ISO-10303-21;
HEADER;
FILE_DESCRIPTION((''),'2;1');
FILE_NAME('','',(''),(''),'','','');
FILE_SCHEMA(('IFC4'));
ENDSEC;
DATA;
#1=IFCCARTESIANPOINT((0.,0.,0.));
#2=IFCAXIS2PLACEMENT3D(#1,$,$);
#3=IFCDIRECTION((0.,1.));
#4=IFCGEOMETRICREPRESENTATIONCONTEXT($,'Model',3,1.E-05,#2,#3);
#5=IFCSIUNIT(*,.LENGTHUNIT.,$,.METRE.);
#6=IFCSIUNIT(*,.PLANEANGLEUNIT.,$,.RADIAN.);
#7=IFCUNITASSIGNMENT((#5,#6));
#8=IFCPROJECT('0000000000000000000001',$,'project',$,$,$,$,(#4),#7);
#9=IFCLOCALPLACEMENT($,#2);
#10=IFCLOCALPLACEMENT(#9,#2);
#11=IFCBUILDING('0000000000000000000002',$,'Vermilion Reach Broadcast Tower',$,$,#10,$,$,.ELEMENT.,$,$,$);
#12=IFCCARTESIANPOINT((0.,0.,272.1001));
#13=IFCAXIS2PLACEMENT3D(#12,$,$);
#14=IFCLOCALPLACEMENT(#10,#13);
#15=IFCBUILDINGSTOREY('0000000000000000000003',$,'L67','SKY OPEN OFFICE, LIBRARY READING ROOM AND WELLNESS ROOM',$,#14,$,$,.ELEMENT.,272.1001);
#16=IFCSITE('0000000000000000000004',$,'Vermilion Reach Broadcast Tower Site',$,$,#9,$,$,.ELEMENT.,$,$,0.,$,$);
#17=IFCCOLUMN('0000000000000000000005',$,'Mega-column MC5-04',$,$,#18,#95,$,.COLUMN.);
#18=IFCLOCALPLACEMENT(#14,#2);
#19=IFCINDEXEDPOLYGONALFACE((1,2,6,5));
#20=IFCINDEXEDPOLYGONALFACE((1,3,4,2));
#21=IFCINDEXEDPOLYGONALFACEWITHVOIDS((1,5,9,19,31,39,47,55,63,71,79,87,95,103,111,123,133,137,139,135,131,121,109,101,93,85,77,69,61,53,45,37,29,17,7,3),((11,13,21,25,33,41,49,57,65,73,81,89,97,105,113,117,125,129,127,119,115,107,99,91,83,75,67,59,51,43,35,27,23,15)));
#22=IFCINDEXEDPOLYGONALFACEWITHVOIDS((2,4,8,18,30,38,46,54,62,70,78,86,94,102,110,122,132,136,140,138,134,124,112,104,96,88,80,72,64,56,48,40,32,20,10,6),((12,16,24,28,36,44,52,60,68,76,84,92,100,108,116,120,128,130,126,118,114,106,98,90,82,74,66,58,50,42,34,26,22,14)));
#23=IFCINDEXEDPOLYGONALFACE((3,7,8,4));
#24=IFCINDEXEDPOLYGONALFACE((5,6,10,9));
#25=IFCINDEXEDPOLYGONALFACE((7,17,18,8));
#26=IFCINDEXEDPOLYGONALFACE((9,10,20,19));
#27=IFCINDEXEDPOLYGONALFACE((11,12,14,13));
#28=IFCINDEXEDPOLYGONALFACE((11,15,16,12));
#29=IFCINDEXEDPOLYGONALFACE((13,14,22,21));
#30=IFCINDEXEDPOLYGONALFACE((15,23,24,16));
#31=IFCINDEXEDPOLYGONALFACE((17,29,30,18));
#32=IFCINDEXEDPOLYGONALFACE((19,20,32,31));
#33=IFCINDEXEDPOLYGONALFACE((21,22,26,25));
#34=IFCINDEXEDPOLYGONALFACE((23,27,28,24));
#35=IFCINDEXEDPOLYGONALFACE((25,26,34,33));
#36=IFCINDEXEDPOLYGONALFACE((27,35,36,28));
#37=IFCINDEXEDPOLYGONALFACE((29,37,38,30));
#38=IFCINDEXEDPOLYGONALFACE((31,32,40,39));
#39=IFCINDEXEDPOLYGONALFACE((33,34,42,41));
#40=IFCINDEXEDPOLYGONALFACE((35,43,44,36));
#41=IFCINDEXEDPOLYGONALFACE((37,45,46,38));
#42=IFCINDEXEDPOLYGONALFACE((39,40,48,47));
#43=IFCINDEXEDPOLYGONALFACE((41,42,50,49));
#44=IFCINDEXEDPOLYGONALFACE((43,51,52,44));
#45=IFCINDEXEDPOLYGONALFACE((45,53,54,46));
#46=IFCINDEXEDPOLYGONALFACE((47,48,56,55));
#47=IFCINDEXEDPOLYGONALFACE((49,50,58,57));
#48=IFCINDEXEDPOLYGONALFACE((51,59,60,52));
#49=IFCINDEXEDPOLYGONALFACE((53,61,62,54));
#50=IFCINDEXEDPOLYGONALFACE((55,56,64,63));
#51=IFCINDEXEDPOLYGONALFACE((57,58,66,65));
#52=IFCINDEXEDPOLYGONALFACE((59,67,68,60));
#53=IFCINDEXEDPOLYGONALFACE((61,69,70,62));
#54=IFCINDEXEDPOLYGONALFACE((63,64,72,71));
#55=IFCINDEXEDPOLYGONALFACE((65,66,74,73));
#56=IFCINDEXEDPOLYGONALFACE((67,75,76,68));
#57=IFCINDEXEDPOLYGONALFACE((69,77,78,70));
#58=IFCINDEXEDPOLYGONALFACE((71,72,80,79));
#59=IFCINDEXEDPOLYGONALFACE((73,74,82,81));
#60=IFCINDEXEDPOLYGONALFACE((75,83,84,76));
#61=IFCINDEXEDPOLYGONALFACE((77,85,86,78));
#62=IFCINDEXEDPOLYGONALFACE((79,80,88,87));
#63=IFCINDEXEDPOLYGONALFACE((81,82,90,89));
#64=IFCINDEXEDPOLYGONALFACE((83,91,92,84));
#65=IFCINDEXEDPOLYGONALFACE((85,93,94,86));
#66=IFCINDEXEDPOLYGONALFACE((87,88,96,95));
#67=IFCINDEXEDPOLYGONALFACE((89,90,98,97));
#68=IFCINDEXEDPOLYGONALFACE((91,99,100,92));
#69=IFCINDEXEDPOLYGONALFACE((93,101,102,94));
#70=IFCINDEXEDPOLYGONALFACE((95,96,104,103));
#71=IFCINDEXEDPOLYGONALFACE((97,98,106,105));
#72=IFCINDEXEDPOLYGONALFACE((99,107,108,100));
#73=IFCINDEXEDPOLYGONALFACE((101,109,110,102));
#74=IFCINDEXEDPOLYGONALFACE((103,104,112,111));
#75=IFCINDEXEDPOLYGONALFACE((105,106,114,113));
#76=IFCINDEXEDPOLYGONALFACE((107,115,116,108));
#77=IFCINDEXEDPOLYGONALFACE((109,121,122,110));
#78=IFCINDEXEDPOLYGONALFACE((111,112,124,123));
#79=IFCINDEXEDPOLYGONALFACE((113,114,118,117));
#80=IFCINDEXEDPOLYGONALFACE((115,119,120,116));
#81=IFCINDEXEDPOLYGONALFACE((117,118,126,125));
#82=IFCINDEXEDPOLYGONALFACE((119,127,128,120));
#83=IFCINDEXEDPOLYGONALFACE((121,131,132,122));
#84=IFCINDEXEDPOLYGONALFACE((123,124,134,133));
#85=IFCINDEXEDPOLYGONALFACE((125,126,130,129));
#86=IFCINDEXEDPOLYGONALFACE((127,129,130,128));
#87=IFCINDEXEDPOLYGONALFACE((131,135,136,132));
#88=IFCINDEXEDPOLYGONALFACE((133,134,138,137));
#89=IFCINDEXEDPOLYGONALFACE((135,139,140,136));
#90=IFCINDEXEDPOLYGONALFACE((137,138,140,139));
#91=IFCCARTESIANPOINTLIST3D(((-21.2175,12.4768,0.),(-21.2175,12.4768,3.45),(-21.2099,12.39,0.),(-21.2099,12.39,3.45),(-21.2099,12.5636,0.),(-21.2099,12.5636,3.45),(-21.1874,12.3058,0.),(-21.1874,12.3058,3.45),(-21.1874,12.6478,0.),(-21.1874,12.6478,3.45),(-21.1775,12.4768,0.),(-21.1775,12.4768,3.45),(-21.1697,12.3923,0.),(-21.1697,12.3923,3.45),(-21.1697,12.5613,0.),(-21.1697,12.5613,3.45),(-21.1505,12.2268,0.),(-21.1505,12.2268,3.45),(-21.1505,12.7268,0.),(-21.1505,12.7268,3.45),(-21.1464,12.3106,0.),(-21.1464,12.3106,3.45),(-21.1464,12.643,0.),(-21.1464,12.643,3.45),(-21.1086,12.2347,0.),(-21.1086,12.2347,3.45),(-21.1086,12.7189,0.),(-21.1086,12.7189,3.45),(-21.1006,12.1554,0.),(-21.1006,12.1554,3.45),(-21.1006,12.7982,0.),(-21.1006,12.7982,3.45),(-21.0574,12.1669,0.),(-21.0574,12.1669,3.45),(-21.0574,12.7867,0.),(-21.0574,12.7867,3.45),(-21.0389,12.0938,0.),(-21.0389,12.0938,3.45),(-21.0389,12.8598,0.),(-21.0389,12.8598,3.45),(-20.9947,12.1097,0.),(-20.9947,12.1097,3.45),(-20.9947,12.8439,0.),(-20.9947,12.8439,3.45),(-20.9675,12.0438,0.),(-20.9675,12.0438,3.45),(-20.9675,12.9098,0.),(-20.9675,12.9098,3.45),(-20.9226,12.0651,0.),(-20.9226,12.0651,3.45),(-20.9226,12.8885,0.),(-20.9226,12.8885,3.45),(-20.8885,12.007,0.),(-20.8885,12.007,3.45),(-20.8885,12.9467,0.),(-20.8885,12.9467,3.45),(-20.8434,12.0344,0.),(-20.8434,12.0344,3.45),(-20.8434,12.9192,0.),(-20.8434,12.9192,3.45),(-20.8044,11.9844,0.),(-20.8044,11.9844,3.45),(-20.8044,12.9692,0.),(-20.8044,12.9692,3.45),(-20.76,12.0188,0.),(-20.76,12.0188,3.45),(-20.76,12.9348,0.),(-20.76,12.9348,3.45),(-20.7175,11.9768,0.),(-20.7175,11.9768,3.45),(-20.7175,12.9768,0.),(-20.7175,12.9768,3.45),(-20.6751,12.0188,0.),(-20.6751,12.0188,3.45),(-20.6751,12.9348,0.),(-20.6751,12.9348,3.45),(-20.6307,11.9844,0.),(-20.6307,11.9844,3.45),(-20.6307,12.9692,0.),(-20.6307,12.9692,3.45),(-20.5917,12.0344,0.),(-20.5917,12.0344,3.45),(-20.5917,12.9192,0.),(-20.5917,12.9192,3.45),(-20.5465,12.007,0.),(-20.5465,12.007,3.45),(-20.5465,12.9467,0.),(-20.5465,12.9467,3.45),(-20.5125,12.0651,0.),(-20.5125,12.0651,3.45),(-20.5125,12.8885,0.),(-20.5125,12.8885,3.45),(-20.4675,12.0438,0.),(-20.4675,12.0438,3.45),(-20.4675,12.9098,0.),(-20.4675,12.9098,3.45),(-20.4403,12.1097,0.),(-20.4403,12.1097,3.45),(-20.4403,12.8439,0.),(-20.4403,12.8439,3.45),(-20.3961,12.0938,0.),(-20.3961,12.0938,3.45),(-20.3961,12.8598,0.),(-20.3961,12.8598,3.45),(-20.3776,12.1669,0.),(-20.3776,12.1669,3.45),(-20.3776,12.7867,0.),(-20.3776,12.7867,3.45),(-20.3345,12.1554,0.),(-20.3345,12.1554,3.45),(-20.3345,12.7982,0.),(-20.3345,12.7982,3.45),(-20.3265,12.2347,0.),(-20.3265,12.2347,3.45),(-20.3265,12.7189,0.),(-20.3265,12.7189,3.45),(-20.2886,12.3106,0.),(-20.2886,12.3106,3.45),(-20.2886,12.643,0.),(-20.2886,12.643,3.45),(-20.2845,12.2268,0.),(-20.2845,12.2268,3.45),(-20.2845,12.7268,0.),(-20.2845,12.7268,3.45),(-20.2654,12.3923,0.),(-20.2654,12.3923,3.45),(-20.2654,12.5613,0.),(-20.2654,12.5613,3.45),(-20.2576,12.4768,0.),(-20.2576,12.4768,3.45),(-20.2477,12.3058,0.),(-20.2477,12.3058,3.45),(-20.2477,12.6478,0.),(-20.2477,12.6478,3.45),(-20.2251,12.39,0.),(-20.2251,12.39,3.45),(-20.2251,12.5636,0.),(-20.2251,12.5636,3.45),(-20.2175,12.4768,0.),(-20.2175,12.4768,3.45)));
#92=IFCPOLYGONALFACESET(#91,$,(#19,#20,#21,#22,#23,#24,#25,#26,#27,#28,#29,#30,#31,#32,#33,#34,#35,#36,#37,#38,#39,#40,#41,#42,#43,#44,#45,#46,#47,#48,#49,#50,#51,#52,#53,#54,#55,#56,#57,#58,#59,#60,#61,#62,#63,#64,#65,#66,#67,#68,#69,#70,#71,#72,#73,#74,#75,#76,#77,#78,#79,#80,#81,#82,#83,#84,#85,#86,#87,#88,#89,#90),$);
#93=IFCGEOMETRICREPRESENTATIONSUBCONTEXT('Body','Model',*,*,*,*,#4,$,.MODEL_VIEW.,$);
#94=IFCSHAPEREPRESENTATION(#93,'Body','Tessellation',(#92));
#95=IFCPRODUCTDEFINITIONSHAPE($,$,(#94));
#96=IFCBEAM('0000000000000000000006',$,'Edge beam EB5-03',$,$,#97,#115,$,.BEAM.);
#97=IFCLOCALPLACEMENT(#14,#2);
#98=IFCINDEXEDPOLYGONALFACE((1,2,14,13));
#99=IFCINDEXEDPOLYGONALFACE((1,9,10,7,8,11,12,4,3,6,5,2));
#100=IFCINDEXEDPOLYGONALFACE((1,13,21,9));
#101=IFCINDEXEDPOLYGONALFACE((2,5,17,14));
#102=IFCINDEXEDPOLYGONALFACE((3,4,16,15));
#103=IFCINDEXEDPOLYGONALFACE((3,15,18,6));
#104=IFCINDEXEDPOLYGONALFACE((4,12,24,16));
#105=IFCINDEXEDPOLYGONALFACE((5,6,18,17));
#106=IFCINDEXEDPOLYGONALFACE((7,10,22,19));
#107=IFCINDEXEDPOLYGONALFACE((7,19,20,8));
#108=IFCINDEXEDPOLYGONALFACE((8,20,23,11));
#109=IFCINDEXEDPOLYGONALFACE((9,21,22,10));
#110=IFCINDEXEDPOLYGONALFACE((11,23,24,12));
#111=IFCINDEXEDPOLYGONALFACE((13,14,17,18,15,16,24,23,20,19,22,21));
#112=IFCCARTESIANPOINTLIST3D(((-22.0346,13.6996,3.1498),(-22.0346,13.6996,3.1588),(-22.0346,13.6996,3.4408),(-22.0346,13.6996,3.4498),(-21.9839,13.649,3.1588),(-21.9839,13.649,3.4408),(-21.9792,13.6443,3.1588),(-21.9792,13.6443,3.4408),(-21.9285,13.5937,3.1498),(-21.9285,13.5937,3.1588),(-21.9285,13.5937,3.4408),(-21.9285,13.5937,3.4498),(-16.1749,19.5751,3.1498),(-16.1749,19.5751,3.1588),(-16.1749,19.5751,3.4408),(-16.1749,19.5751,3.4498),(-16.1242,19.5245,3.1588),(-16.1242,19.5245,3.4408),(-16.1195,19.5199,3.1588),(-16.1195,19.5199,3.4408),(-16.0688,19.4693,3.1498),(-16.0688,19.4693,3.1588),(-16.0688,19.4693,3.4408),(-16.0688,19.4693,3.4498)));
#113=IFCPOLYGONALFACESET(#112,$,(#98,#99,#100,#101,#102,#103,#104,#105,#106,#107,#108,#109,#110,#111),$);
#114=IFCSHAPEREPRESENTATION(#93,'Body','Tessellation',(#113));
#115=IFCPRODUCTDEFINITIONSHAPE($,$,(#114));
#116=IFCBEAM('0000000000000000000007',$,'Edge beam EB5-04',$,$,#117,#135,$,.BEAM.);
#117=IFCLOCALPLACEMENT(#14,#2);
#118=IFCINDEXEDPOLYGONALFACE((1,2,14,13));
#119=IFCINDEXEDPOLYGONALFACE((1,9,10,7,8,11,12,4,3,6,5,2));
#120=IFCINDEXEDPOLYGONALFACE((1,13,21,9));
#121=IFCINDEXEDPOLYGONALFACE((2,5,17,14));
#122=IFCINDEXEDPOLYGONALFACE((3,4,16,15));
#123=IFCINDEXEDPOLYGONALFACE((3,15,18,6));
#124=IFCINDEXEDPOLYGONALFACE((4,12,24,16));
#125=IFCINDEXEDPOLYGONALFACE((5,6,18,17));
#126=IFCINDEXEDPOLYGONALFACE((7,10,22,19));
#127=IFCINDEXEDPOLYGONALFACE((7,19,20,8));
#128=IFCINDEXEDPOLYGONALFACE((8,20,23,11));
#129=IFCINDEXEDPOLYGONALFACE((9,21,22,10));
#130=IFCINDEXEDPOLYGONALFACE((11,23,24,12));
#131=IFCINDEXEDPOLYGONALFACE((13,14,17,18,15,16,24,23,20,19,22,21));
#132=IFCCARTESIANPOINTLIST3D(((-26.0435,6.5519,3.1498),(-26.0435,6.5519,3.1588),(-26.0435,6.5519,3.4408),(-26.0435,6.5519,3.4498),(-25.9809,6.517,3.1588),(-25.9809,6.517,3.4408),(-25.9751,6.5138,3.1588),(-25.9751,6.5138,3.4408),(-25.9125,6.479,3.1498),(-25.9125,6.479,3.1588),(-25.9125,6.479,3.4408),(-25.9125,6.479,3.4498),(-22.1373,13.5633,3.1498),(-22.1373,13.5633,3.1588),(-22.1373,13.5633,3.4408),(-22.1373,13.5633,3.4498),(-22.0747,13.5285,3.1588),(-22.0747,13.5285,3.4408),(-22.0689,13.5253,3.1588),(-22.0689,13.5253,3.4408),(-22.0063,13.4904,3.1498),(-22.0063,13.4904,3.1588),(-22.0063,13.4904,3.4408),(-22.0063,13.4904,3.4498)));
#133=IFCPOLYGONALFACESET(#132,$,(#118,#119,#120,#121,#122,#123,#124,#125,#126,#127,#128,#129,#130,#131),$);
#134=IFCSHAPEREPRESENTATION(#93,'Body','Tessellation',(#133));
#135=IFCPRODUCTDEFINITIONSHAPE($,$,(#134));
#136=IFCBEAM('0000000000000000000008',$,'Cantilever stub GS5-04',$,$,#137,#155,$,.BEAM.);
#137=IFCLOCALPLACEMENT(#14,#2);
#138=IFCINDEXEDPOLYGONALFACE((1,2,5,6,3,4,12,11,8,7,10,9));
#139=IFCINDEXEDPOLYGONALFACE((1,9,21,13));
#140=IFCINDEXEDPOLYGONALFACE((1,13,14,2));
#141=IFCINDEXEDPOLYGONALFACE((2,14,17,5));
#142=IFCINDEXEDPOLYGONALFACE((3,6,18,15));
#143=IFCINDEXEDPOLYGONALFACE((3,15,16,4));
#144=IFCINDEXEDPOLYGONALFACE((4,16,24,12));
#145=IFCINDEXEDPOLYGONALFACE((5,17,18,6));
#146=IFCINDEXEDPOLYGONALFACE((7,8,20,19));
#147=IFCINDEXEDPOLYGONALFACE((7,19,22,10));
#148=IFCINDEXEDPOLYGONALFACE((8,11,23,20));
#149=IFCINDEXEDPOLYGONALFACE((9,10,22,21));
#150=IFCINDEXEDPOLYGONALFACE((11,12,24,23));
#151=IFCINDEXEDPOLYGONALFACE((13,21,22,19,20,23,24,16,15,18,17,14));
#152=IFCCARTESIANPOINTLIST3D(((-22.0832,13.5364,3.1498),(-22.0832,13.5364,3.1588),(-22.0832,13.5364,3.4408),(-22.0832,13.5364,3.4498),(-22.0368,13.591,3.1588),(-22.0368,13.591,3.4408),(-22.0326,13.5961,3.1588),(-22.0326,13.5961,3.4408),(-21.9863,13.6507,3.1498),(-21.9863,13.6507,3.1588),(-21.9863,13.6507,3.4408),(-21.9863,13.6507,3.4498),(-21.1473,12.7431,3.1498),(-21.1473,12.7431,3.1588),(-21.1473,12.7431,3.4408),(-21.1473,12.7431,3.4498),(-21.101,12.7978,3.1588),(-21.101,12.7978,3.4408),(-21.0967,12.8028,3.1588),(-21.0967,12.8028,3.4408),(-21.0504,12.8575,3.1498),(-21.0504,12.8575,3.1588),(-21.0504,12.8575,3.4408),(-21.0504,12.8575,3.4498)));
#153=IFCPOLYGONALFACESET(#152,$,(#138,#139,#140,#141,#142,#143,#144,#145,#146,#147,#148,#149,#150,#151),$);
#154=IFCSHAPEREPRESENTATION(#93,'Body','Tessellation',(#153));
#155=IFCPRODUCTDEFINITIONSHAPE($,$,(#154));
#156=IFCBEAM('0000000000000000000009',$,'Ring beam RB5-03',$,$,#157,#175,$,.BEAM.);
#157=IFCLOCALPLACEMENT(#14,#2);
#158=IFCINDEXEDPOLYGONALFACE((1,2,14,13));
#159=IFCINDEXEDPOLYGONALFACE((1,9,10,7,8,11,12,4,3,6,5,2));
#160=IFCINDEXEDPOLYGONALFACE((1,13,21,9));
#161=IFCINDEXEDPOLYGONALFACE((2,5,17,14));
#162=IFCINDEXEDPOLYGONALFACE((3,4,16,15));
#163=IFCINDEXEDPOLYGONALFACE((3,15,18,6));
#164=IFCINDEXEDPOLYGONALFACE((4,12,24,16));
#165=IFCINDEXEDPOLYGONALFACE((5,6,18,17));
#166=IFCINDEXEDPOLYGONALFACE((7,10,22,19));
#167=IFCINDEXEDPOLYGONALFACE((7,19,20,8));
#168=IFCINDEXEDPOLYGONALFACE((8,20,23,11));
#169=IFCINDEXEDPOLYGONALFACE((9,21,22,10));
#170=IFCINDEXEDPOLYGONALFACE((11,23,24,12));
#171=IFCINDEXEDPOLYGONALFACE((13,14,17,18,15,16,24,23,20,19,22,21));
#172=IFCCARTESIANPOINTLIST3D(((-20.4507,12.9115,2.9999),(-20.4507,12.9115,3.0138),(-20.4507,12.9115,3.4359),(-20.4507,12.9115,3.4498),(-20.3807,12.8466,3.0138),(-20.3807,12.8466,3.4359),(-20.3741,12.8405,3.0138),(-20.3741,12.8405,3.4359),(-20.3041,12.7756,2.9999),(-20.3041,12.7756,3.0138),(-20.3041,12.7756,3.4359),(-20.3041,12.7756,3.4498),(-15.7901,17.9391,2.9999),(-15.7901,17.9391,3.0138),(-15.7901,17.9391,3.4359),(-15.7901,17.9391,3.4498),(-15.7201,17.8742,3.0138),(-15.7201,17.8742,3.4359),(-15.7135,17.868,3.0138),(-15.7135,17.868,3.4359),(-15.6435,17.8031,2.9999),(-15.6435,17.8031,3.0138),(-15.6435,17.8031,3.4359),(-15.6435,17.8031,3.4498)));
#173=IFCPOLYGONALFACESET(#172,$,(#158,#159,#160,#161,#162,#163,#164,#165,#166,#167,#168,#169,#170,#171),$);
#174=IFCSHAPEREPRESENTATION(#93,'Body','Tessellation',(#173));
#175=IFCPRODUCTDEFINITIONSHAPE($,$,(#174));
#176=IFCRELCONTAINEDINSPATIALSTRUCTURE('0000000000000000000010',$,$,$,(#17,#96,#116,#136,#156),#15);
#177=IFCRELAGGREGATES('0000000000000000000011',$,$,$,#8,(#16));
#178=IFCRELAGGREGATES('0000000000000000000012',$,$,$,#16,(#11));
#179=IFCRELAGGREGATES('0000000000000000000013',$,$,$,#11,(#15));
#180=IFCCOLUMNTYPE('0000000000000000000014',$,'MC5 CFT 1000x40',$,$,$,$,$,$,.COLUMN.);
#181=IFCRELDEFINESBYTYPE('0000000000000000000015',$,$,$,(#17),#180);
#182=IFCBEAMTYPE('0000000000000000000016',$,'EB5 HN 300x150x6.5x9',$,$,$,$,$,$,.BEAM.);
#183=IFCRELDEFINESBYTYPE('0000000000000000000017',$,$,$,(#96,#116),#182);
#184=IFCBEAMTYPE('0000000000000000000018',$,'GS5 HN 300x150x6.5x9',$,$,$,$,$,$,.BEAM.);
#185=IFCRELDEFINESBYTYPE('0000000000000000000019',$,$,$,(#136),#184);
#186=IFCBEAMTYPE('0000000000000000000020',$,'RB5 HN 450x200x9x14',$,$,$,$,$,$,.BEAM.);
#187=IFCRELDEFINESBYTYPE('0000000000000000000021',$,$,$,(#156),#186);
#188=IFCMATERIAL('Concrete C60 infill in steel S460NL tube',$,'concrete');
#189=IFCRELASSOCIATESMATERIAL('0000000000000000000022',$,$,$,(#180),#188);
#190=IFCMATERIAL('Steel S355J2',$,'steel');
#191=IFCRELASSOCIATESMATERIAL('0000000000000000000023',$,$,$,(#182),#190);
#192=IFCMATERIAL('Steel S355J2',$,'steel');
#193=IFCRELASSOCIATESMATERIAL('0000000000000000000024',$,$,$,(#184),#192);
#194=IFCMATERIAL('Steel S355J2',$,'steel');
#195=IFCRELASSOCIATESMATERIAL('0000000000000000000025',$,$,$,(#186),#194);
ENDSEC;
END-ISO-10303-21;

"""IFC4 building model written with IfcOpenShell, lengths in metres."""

from ifc_helpers import new_model, si_unit, direction, frame, origin, origin_2d, place, context, subcontext, project, spatial, hollow_circle, i_section, extrude, material, material_profile, profile_set, type_object, element, save


model = new_model("IFC4")

# Units and contexts
model_context = context("Model", 3, precision=1e-05, world=origin(), true_north=direction((0.0, 1.0)))
body_context = subcontext(model_context, "Body", "Model", "MODEL_VIEW")
ifc_project = project(units=[si_unit("LENGTHUNIT", "METRE"), si_unit("PLANEANGLEUNIT", "RADIAN")], contexts=[model_context])

# Site, building, storey
site_placement = place(None, origin())
site = spatial("IfcSite", under=ifc_project, at=site_placement, Name="Vermilion Reach Broadcast Tower Site", CompositionType="ELEMENT", RefElevation=0.0)
building_placement = place(site_placement, origin())
building = spatial("IfcBuilding", under=site, at=building_placement, Name="Vermilion Reach Broadcast Tower", CompositionType="ELEMENT")
storey_placement = place(building_placement, frame((0.0, 0.0, 272.1001)))
storey = spatial("IfcBuildingStorey", under=building, at=storey_placement, Name="L67", Description="SKY OPEN OFFICE, LIBRARY READING ROOM AND WELLNESS ROOM", CompositionType="ELEMENT", Elevation=272.1001)

# Column
ifc_material_1 = material(Name="Concrete C60 infill in steel S460NL tube", Category="concrete")
ifc_material_profile_1 = material_profile(ifc_material_1, hollow_circle(Radius=0.5, WallThickness=0.04, at=origin_2d()), Name="Concrete C60 infill in steel S460NL tube CFT 1000x40")
ifc_profile_set_1 = profile_set([ifc_material_profile_1], Name="Concrete C60 infill in steel S460NL tube")
column_type = type_object("IfcColumnType", Name="MC5 CFT 1000x40", PredefinedType="COLUMN", material=ifc_profile_set_1)
column_placement = place(storey_placement, frame((-20.7175, 12.4768, 0.0), z_axis=(0.0, 0.0, 1.0), x_axis=(1.0, 0.0, 0.0)))
element("IfcColumn", 1, at=column_placement, inside=storey, type_object=column_type, Name="Mega-column MC5-04", PredefinedType="COLUMN", context=body_context, shape_type="SweptSolid", body=[
    extrude(hollow_circle(Radius=0.5, WallThickness=0.04, at=origin_2d()), origin(), (0.0, 0.0, 1.0), 3.45),
])

# Beams
ifc_material_2 = material(Name="Steel S355J2", Category="steel")
ifc_material_profile_2 = material_profile(ifc_material_2, i_section(OverallWidth=0.1499, OverallDepth=0.3, WebThickness=0.0066, FlangeThickness=0.009, at=origin_2d()), Name="S355J2 HN 300x150x6.5x9")
ifc_profile_set_2 = profile_set([ifc_material_profile_2], Name="Steel S355J2")
beam_type_1 = type_object("IfcBeamType", Name="EB5 HN 300x150x6.5x9", PredefinedType="BEAM", material=ifc_profile_set_2)
beam_1_placement = place(storey_placement, frame((-16.1218, 19.5222, 3.2998), z_axis=(-0.70615, -0.708062, 0.0), x_axis=(0.708062, -0.70615, 0.0)))
element("IfcBeam", 2, at=beam_1_placement, inside=storey, type_object=beam_type_1, Name="Edge beam EB5-03", PredefinedType="BEAM", context=body_context, shape_type="SweptSolid", body=[
    extrude(i_section(OverallWidth=0.1499, OverallDepth=0.3, WebThickness=0.0066, FlangeThickness=0.009, at=origin_2d()), origin(), (0.0, 0.0, 1.0), 8.2981),
])
beam_2_placement = place(storey_placement, frame((-22.0718, 13.5269, 3.2998), z_axis=(-0.486689, -0.873576, 0.0), x_axis=(0.873576, -0.486689, 0.0)))
element("IfcBeam", 3, at=beam_2_placement, inside=storey, type_object=beam_type_1, Name="Edge beam EB5-04", PredefinedType="BEAM", context=body_context, shape_type="SweptSolid", body=[
    extrude(i_section(OverallWidth=0.1499, OverallDepth=0.3, WebThickness=0.0066, FlangeThickness=0.009, at=origin_2d()), origin(), (0.0, 0.0, 1.0), 8.0261),
])
ifc_material_3 = material(Name="Steel S355J2", Category="steel")
ifc_material_profile_3 = material_profile(ifc_material_3, i_section(OverallWidth=0.1499, OverallDepth=0.3, WebThickness=0.0066, FlangeThickness=0.009, at=origin_2d()), Name="S355J2 HN 300x150x6.5x9")
ifc_profile_set_3 = profile_set([ifc_material_profile_3], Name="Steel S355J2")
beam_type_2 = type_object("IfcBeamType", Name="GS5 HN 300x150x6.5x9", PredefinedType="BEAM", material=ifc_profile_set_3)
beam_3_placement = place(storey_placement, frame((-21.0989, 12.8003, 3.2998), z_axis=(-0.762827, 0.646602, 0.0), x_axis=(-0.646602, -0.762827, 0.0)))
element("IfcBeam", 4, at=beam_3_placement, inside=storey, type_object=beam_type_2, Name="Cantilever stub GS5-04", PredefinedType="BEAM", context=body_context, shape_type="SweptSolid", body=[
    extrude(i_section(OverallWidth=0.1499, OverallDepth=0.3, WebThickness=0.0066, FlangeThickness=0.009, at=origin_2d()), origin(), (0.0, 0.0, 1.0), 1.2268),
])
ifc_material_4 = material(Name="Steel S355J2", Category="steel")
ifc_material_profile_4 = material_profile(ifc_material_4, i_section(OverallWidth=0.2, OverallDepth=0.45, WebThickness=0.009, FlangeThickness=0.0139, at=origin_2d()), Name="S355J2 HN 450x200x9x14")
ifc_profile_set_4 = profile_set([ifc_material_profile_4], Name="Steel S355J2")
beam_type_3 = type_object("IfcBeamType", Name="RB5 HN 450x200x9x14", PredefinedType="BEAM", material=ifc_profile_set_4)
beam_4_placement = place(storey_placement, frame((-15.7168, 17.8711, 3.2249), z_axis=(-0.679838, -0.733363, 0.0), x_axis=(0.733363, -0.679838, 0.0)))
element("IfcBeam", 5, at=beam_4_placement, inside=storey, type_object=beam_type_3, Name="Ring beam RB5-03", PredefinedType="BEAM", context=body_context, shape_type="SweptSolid", body=[
    extrude(i_section(OverallWidth=0.2, OverallDepth=0.45, WebThickness=0.009, FlangeThickness=0.0139, at=origin_2d()), origin(), (0.0, 0.0, 1.0), 6.8555),
])

save(model, "model.ifc")
